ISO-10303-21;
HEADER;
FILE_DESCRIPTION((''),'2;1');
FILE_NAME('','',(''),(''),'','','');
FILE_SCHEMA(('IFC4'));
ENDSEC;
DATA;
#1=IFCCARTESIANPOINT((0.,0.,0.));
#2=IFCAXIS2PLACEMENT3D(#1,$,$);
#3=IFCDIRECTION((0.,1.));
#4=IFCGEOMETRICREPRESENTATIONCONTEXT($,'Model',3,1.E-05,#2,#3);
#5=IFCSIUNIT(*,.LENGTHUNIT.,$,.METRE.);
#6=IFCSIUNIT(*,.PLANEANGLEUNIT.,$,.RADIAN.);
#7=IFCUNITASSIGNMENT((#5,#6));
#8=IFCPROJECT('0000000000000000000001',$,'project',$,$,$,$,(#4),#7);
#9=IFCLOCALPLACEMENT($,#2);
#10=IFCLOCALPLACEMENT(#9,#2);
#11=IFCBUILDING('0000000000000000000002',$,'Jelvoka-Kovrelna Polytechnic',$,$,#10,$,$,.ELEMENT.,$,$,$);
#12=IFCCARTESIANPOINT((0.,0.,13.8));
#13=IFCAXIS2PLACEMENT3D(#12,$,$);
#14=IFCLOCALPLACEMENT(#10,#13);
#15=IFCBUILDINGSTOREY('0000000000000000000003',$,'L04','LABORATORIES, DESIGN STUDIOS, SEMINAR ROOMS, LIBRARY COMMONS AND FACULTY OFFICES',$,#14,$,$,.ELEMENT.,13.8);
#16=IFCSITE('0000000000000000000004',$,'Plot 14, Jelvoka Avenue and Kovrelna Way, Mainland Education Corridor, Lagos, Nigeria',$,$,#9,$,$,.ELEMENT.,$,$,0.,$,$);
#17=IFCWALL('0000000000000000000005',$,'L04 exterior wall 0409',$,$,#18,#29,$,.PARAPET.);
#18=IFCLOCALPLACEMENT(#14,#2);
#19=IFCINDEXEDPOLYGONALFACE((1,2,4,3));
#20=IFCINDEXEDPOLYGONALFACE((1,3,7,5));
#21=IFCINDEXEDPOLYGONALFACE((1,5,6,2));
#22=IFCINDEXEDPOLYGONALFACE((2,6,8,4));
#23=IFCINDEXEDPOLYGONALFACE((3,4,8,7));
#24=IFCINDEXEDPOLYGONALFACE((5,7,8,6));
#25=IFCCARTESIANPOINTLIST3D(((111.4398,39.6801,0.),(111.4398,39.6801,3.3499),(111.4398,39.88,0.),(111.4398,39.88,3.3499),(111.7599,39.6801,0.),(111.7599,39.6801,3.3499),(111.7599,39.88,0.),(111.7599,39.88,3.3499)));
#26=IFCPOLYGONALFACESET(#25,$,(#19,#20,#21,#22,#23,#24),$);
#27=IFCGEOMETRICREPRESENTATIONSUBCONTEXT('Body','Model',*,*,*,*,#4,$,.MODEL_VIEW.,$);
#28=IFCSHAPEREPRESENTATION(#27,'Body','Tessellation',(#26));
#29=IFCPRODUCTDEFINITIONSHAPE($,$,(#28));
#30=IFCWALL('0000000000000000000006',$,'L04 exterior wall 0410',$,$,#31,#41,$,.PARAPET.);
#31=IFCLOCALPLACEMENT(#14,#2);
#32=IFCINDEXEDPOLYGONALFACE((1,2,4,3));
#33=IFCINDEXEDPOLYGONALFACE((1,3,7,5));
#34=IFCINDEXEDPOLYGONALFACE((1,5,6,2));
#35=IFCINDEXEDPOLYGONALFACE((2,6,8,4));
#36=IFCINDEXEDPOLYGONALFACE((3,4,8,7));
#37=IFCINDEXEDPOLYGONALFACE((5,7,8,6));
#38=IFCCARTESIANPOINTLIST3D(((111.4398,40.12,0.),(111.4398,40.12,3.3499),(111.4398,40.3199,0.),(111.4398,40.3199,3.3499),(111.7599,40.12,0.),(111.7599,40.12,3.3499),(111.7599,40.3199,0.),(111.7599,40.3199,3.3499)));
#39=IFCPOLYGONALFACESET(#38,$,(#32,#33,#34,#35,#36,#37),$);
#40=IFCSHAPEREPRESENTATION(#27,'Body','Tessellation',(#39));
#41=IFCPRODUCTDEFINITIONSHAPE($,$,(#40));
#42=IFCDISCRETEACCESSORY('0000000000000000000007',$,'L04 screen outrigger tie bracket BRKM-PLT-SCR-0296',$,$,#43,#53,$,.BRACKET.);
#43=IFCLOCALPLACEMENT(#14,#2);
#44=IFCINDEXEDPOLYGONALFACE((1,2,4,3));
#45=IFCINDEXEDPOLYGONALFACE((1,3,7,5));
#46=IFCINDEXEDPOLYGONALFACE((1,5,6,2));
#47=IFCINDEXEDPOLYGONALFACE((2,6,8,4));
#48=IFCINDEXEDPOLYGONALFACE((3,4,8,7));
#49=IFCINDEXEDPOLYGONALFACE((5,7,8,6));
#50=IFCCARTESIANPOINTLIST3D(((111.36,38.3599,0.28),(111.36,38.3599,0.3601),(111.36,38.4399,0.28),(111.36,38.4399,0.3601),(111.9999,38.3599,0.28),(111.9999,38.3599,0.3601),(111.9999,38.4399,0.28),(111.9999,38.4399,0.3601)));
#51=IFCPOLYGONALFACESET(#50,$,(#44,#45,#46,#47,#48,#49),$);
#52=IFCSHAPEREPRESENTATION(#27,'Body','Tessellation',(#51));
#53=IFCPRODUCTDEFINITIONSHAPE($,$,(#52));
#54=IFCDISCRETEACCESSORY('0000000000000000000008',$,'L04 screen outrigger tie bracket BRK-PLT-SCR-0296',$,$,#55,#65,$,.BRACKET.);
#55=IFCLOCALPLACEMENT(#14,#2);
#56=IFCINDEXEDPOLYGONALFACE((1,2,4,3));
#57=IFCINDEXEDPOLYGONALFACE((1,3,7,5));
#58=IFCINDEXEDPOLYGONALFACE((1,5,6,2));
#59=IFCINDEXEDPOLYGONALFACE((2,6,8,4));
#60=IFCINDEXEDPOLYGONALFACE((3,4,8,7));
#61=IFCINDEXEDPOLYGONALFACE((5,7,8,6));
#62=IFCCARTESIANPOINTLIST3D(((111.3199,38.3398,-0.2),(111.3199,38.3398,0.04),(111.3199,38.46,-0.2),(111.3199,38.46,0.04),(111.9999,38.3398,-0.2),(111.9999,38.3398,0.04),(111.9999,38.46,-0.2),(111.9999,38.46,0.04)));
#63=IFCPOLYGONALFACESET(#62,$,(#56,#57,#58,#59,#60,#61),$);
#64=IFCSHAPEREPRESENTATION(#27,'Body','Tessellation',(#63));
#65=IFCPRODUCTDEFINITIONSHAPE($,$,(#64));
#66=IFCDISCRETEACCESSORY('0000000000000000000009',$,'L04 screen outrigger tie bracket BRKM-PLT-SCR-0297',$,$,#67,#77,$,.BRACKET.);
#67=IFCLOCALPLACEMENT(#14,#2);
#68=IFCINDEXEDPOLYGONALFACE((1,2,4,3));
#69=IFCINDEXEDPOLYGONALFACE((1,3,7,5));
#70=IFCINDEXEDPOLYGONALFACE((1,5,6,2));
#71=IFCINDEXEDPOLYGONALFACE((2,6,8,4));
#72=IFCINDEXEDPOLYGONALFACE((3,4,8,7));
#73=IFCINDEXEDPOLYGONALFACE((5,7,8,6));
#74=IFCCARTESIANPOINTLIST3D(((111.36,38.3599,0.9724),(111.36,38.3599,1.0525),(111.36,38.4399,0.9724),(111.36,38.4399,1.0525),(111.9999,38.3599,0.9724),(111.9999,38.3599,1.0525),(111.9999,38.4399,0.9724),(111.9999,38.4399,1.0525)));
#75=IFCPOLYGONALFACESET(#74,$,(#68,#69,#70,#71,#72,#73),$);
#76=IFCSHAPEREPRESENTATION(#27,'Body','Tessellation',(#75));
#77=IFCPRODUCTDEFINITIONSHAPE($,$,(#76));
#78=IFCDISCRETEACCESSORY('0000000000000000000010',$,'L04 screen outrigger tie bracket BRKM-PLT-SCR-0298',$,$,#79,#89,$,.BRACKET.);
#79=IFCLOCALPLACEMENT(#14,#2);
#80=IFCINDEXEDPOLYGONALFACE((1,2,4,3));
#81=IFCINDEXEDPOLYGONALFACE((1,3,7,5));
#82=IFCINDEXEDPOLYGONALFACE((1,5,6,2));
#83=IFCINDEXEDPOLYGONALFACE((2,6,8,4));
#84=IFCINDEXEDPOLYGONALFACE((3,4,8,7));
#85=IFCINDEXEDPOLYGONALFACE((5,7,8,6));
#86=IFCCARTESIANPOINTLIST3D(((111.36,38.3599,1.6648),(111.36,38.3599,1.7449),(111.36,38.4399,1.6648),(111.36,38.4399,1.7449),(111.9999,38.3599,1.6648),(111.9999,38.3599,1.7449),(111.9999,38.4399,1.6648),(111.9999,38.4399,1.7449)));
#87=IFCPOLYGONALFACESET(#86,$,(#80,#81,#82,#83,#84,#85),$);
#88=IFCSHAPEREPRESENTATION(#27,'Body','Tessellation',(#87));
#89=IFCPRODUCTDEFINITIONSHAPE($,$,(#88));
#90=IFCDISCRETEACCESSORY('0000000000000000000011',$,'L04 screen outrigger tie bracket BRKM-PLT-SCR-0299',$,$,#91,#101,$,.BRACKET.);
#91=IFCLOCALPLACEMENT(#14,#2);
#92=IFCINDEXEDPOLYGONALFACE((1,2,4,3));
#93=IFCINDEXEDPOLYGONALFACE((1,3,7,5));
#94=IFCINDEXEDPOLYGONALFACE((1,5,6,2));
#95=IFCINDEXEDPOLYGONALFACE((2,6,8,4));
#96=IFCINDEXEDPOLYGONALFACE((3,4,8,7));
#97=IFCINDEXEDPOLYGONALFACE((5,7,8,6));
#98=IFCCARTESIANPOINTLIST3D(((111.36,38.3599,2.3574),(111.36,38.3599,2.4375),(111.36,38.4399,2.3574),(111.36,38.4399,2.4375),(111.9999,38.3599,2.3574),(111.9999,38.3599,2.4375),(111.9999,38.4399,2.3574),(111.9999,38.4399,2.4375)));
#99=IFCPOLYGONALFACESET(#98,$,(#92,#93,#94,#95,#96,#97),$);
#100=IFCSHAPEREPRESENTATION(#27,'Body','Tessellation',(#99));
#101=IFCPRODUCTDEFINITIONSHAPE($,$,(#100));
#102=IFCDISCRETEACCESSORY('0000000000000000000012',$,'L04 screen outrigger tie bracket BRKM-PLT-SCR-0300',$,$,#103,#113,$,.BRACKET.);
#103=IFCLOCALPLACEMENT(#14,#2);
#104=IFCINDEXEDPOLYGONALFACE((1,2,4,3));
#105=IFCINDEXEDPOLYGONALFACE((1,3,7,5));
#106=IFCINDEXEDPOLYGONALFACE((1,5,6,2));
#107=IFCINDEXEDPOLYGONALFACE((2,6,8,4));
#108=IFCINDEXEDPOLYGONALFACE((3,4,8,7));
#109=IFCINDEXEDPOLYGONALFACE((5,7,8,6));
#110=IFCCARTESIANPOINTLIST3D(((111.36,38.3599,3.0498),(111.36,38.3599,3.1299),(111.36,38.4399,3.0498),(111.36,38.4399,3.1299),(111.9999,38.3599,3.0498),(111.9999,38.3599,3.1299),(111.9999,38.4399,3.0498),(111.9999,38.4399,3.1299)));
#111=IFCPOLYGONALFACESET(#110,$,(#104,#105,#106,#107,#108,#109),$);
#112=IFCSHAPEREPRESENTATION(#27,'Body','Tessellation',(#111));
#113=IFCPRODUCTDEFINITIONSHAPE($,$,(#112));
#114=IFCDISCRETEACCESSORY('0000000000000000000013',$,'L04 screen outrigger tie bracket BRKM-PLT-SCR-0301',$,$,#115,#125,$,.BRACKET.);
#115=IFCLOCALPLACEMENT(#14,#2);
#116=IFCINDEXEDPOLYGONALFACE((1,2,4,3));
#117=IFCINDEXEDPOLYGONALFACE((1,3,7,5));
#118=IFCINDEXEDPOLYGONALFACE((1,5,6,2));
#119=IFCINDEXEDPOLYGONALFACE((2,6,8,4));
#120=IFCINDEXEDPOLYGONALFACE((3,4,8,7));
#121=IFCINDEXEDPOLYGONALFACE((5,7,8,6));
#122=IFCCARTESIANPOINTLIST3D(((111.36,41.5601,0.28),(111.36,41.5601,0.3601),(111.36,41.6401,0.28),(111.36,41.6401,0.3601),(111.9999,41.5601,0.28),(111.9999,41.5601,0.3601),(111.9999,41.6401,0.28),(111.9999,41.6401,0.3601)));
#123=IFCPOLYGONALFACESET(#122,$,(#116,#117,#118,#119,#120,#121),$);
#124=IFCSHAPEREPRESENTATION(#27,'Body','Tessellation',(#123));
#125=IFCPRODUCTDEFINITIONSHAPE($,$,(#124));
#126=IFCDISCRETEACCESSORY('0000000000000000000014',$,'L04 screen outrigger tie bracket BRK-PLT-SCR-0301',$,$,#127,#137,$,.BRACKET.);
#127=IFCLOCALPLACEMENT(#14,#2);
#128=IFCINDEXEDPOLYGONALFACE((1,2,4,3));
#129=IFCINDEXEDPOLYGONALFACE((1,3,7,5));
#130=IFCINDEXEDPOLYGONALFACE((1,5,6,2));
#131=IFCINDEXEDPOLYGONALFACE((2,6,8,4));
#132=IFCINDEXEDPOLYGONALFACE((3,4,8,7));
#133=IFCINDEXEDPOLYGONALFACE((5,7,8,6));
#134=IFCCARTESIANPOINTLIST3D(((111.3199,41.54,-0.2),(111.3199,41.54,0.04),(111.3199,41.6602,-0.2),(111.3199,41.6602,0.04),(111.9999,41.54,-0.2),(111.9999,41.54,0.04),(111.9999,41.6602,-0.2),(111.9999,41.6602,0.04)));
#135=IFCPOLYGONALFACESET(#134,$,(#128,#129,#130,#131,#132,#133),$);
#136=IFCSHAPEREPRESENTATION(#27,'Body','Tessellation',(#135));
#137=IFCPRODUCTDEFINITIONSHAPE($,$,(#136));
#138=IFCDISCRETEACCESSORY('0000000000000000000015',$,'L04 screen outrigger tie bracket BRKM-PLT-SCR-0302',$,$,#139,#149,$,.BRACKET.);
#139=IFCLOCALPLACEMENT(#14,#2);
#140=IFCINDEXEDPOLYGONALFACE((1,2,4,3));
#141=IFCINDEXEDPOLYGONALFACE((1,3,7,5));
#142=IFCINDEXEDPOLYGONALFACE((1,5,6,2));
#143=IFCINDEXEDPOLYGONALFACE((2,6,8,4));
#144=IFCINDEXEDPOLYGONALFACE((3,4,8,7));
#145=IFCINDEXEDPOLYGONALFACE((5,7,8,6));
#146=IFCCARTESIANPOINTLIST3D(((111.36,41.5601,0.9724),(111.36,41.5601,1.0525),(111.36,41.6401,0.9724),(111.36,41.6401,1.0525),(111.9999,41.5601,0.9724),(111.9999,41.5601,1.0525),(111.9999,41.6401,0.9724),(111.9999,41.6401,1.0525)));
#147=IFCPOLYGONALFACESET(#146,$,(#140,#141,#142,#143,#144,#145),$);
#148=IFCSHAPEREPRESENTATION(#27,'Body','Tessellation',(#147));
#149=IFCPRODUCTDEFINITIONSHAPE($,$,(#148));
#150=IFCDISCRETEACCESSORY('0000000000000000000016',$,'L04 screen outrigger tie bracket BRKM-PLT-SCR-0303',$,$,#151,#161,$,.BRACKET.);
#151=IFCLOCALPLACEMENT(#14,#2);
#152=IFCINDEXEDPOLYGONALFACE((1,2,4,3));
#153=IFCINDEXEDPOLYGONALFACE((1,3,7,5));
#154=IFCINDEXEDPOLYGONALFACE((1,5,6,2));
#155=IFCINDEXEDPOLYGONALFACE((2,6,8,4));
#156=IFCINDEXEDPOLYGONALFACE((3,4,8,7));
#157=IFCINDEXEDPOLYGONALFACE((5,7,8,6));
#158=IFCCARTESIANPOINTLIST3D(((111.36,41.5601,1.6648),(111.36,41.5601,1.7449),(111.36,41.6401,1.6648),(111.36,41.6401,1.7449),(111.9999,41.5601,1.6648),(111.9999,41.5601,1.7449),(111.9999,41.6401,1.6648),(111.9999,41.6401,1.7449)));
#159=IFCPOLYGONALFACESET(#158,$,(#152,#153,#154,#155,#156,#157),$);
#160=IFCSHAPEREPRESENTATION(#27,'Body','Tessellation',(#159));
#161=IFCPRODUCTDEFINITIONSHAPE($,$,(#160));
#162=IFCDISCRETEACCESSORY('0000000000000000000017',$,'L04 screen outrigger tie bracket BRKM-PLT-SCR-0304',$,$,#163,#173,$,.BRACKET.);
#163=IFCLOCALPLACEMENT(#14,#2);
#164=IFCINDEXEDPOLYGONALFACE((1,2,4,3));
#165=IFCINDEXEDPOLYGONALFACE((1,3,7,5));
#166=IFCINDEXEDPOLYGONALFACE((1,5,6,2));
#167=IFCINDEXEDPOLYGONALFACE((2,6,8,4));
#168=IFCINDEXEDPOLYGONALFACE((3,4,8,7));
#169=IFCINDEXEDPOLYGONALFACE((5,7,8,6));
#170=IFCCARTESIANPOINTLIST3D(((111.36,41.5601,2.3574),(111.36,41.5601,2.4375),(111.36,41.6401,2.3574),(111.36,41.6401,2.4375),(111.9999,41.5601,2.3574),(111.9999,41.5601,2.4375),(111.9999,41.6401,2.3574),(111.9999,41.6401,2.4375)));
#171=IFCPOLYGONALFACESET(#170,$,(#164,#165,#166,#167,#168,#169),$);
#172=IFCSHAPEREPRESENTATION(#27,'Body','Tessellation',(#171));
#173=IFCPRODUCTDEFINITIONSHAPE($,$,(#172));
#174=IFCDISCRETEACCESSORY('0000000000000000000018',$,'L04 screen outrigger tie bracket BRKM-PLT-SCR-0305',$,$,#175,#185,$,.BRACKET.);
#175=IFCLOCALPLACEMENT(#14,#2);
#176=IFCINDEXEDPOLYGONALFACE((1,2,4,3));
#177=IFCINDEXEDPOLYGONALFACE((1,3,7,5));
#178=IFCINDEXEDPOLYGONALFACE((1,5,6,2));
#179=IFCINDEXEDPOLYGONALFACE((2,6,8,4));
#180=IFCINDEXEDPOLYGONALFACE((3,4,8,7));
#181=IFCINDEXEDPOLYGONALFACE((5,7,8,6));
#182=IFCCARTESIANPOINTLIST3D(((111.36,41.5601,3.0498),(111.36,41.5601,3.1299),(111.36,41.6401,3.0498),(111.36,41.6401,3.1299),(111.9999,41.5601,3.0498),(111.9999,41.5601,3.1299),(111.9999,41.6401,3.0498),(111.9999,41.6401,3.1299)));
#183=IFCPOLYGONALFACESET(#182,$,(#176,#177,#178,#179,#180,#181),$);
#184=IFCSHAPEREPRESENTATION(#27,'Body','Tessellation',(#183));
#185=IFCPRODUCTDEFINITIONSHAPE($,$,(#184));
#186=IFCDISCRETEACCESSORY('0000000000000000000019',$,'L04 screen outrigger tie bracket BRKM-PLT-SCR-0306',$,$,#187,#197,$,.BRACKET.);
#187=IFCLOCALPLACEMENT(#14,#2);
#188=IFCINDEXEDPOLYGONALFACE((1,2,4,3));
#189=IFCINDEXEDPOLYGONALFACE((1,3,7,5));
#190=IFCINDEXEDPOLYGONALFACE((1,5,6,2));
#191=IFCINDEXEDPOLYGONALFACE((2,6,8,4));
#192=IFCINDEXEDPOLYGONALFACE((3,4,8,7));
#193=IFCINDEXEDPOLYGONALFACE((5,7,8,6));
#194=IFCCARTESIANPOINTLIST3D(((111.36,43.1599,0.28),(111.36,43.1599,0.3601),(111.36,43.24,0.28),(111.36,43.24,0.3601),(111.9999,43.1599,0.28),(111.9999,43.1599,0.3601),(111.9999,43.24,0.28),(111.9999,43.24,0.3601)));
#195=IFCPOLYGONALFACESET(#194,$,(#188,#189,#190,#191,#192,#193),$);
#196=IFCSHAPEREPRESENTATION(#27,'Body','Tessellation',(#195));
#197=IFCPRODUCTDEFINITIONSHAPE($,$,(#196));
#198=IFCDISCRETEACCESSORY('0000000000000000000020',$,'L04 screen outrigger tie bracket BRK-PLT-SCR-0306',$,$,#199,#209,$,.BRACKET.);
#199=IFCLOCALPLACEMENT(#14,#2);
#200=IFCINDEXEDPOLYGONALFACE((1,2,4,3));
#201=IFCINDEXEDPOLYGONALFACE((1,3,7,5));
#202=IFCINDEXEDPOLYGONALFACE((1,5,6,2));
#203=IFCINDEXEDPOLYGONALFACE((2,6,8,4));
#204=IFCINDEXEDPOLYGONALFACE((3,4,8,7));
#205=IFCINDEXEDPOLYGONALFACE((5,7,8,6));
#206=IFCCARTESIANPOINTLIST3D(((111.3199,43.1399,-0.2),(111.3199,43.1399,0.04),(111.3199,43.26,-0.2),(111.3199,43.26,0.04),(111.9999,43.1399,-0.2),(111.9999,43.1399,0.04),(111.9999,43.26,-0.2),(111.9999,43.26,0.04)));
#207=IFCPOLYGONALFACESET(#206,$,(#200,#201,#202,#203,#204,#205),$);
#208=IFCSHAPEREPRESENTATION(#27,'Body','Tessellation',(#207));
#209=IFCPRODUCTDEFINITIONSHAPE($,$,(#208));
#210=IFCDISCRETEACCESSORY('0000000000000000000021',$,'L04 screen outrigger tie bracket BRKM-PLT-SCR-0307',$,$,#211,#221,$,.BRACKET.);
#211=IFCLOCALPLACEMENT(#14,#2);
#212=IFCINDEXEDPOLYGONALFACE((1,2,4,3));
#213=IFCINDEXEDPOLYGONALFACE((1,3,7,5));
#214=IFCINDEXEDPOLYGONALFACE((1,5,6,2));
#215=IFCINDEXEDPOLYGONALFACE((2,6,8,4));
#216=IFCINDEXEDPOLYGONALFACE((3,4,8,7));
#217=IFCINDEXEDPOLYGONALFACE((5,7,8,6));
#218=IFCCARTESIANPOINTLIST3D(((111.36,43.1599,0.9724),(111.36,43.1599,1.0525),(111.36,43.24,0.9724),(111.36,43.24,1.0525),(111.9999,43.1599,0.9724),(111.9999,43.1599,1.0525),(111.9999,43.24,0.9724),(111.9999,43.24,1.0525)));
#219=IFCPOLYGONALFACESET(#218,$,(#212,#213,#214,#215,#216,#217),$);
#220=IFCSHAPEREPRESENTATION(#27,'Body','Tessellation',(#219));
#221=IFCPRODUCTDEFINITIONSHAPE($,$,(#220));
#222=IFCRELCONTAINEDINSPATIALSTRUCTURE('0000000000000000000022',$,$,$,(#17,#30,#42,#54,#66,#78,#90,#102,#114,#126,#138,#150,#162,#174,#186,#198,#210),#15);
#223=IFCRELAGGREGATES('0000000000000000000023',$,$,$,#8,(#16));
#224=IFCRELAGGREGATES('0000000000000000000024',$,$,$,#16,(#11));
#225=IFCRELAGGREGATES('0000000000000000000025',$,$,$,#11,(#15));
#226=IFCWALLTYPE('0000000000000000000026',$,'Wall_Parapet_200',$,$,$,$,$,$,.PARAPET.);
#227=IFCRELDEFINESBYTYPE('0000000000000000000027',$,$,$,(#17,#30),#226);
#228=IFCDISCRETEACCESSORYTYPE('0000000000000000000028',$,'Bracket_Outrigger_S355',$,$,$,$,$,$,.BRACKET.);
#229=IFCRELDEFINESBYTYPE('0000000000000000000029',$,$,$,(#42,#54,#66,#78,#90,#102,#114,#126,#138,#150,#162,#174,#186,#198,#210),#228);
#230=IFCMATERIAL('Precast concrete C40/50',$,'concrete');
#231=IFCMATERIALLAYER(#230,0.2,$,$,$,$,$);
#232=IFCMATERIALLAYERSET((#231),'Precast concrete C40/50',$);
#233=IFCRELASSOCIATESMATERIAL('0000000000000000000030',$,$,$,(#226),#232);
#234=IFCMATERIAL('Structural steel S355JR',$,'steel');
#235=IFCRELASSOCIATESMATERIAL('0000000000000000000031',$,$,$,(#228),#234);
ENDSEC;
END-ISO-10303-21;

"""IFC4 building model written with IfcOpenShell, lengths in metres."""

from ifc_helpers import new_model, si_unit, direction, frame, frame_2d, origin, origin_2d, place, context, subcontext, project, spatial, rectangle, extrude, material, layer, layer_set, type_object, element, save


model = new_model("IFC4")

# Units and contexts
model_context = context("Model", 3, precision=1e-05, world=origin(), true_north=direction((0.0, 1.0)))
body_context = subcontext(model_context, "Body", "Model", "MODEL_VIEW")
ifc_project = project(units=[si_unit("LENGTHUNIT", "METRE"), si_unit("PLANEANGLEUNIT", "RADIAN")], contexts=[model_context])

# Site, building, storey
site_placement = place(None, origin())
site = spatial("IfcSite", under=ifc_project, at=site_placement, Name="Plot 14, Jelvoka Avenue and Kovrelna Way, Mainland Education Corridor, Lagos, Nigeria", CompositionType="ELEMENT", RefElevation=0.0)
building_placement = place(site_placement, origin())
building = spatial("IfcBuilding", under=site, at=building_placement, Name="Jelvoka-Kovrelna Polytechnic", CompositionType="ELEMENT")
storey_placement = place(building_placement, frame((0.0, 0.0, 13.8)))
storey = spatial("IfcBuildingStorey", under=building, at=storey_placement, Name="L04", Description="LABORATORIES, DESIGN STUDIOS, SEMINAR ROOMS, LIBRARY COMMONS AND FACULTY OFFICES", CompositionType="ELEMENT", Elevation=13.8)

# Walls
ifc_material_1 = material(Name="Precast concrete C40/50", Category="concrete")
ifc_layer = layer(ifc_material_1, 0.2)
ifc_layer_set = layer_set([ifc_layer], Name="Precast concrete C40/50")
wall_type = type_object("IfcWallType", Name="Wall_Parapet_200", PredefinedType="PARAPET", material=ifc_layer_set)
for number, where, z_axis, x_axis, name in (
    (1, (111.76, 39.78, 0.0), (0.0, 0.0, 1.0), (-1.0, 0.0, 0.0), "L04 exterior wall 0409"),
    (2, (111.76, 40.22, 0.0), (0.0, 0.0, 1.0), (-1.0, 0.0, 0.0), "L04 exterior wall 0410"),
):
    element("IfcWall", number, at=place(storey_placement, frame(where, z_axis=z_axis, x_axis=x_axis)), inside=storey, type_object=wall_type, Name=name, PredefinedType="PARAPET", context=body_context, shape_type="SweptSolid", body=[
        extrude(rectangle(XDim=0.3201, YDim=0.2, at=frame_2d((0.1602, 0.0))), origin(), (0.0, 0.0, 1.0), 3.3499),
    ])

# Discrete accessories
ifc_material_2 = material(Name="Structural steel S355JR", Category="steel")
discrete_accessory_type = type_object("IfcDiscreteAccessoryType", Name="Bracket_Outrigger_S355", PredefinedType="BRACKET", material=ifc_material_2)
discrete_accessory_1_placement = place(storey_placement, frame((111.6799, 38.3999, 0.28), z_axis=(0.0, 0.0, 1.0), x_axis=(1.0, 0.0, 0.0)))
element("IfcDiscreteAccessory", 3, at=discrete_accessory_1_placement, inside=storey, type_object=discrete_accessory_type, Name="L04 screen outrigger tie bracket BRKM-PLT-SCR-0296", PredefinedType="BRACKET", context=body_context, shape_type="SweptSolid", body=[
    extrude(rectangle(XDim=0.6399, YDim=0.0801, at=origin_2d()), origin(), (0.0, 0.0, 1.0), 0.0801),
])
discrete_accessory_2_placement = place(storey_placement, frame((111.6599, 38.3999, -0.2), z_axis=(0.0, 0.0, 1.0), x_axis=(1.0, 0.0, 0.0)))
element("IfcDiscreteAccessory", 4, at=discrete_accessory_2_placement, inside=storey, type_object=discrete_accessory_type, Name="L04 screen outrigger tie bracket BRK-PLT-SCR-0296", PredefinedType="BRACKET", context=body_context, shape_type="SweptSolid", body=[
    extrude(rectangle(XDim=0.6799, YDim=0.1201, at=origin_2d()), origin(), (0.0, 0.0, 1.0), 0.24),
])
for number, where, z_axis, x_axis, name in (
    (5, (111.6799, 38.3999, 0.9724), (0.0, 0.0, 1.0), (1.0, 0.0, 0.0), "L04 screen outrigger tie bracket BRKM-PLT-SCR-0297"),
    (6, (111.6799, 38.3999, 1.6648), (0.0, 0.0, 1.0), (1.0, 0.0, 0.0), "L04 screen outrigger tie bracket BRKM-PLT-SCR-0298"),
    (7, (111.6799, 38.3999, 2.3574), (0.0, 0.0, 1.0), (1.0, 0.0, 0.0), "L04 screen outrigger tie bracket BRKM-PLT-SCR-0299"),
    (8, (111.6799, 38.3999, 3.0498), (0.0, 0.0, 1.0), (1.0, 0.0, 0.0), "L04 screen outrigger tie bracket BRKM-PLT-SCR-0300"),
    (9, (111.6799, 41.6001, 0.28), (0.0, 0.0, 1.0), (1.0, 0.0, 0.0), "L04 screen outrigger tie bracket BRKM-PLT-SCR-0301"),
):
    element("IfcDiscreteAccessory", number, at=place(storey_placement, frame(where, z_axis=z_axis, x_axis=x_axis)), inside=storey, type_object=discrete_accessory_type, Name=name, PredefinedType="BRACKET", context=body_context, shape_type="SweptSolid", body=[
        extrude(rectangle(XDim=0.6399, YDim=0.0801, at=origin_2d()), origin(), (0.0, 0.0, 1.0), 0.0801),
    ])
discrete_accessory_3_placement = place(storey_placement, frame((111.6599, 41.6001, -0.2), z_axis=(0.0, 0.0, 1.0), x_axis=(1.0, 0.0, 0.0)))
element("IfcDiscreteAccessory", 10, at=discrete_accessory_3_placement, inside=storey, type_object=discrete_accessory_type, Name="L04 screen outrigger tie bracket BRK-PLT-SCR-0301", PredefinedType="BRACKET", context=body_context, shape_type="SweptSolid", body=[
    extrude(rectangle(XDim=0.6799, YDim=0.1201, at=origin_2d()), origin(), (0.0, 0.0, 1.0), 0.24),
])
for number, where, z_axis, x_axis, name in (
    (11, (111.6799, 41.6001, 0.9724), (0.0, 0.0, 1.0), (1.0, 0.0, 0.0), "L04 screen outrigger tie bracket BRKM-PLT-SCR-0302"),
    (12, (111.6799, 41.6001, 1.6648), (0.0, 0.0, 1.0), (1.0, 0.0, 0.0), "L04 screen outrigger tie bracket BRKM-PLT-SCR-0303"),
    (13, (111.6799, 41.6001, 2.3574), (0.0, 0.0, 1.0), (1.0, 0.0, 0.0), "L04 screen outrigger tie bracket BRKM-PLT-SCR-0304"),
    (14, (111.6799, 41.6001, 3.0498), (0.0, 0.0, 1.0), (1.0, 0.0, 0.0), "L04 screen outrigger tie bracket BRKM-PLT-SCR-0305"),
    (15, (111.6799, 43.2, 0.28), (0.0, 0.0, 1.0), (1.0, 0.0, 0.0), "L04 screen outrigger tie bracket BRKM-PLT-SCR-0306"),
):
    element("IfcDiscreteAccessory", number, at=place(storey_placement, frame(where, z_axis=z_axis, x_axis=x_axis)), inside=storey, type_object=discrete_accessory_type, Name=name, PredefinedType="BRACKET", context=body_context, shape_type="SweptSolid", body=[
        extrude(rectangle(XDim=0.6399, YDim=0.0801, at=origin_2d()), origin(), (0.0, 0.0, 1.0), 0.0801),
    ])
discrete_accessory_4_placement = place(storey_placement, frame((111.6599, 43.2, -0.2), z_axis=(0.0, 0.0, 1.0), x_axis=(1.0, 0.0, 0.0)))
element("IfcDiscreteAccessory", 16, at=discrete_accessory_4_placement, inside=storey, type_object=discrete_accessory_type, Name="L04 screen outrigger tie bracket BRK-PLT-SCR-0306", PredefinedType="BRACKET", context=body_context, shape_type="SweptSolid", body=[
    extrude(rectangle(XDim=0.6799, YDim=0.1201, at=origin_2d()), origin(), (0.0, 0.0, 1.0), 0.24),
])
for number, where, z_axis, x_axis, name in (
    (17, (111.6799, 43.2, 0.9724), (0.0, 0.0, 1.0), (1.0, 0.0, 0.0), "L04 screen outrigger tie bracket BRKM-PLT-SCR-0307"),
):
    element("IfcDiscreteAccessory", number, at=place(storey_placement, frame(where, z_axis=z_axis, x_axis=x_axis)), inside=storey, type_object=discrete_accessory_type, Name=name, PredefinedType="BRACKET", context=body_context, shape_type="SweptSolid", body=[
        extrude(rectangle(XDim=0.6399, YDim=0.0801, at=origin_2d()), origin(), (0.0, 0.0, 1.0), 0.0801),
    ])

save(model, "model.ifc")
